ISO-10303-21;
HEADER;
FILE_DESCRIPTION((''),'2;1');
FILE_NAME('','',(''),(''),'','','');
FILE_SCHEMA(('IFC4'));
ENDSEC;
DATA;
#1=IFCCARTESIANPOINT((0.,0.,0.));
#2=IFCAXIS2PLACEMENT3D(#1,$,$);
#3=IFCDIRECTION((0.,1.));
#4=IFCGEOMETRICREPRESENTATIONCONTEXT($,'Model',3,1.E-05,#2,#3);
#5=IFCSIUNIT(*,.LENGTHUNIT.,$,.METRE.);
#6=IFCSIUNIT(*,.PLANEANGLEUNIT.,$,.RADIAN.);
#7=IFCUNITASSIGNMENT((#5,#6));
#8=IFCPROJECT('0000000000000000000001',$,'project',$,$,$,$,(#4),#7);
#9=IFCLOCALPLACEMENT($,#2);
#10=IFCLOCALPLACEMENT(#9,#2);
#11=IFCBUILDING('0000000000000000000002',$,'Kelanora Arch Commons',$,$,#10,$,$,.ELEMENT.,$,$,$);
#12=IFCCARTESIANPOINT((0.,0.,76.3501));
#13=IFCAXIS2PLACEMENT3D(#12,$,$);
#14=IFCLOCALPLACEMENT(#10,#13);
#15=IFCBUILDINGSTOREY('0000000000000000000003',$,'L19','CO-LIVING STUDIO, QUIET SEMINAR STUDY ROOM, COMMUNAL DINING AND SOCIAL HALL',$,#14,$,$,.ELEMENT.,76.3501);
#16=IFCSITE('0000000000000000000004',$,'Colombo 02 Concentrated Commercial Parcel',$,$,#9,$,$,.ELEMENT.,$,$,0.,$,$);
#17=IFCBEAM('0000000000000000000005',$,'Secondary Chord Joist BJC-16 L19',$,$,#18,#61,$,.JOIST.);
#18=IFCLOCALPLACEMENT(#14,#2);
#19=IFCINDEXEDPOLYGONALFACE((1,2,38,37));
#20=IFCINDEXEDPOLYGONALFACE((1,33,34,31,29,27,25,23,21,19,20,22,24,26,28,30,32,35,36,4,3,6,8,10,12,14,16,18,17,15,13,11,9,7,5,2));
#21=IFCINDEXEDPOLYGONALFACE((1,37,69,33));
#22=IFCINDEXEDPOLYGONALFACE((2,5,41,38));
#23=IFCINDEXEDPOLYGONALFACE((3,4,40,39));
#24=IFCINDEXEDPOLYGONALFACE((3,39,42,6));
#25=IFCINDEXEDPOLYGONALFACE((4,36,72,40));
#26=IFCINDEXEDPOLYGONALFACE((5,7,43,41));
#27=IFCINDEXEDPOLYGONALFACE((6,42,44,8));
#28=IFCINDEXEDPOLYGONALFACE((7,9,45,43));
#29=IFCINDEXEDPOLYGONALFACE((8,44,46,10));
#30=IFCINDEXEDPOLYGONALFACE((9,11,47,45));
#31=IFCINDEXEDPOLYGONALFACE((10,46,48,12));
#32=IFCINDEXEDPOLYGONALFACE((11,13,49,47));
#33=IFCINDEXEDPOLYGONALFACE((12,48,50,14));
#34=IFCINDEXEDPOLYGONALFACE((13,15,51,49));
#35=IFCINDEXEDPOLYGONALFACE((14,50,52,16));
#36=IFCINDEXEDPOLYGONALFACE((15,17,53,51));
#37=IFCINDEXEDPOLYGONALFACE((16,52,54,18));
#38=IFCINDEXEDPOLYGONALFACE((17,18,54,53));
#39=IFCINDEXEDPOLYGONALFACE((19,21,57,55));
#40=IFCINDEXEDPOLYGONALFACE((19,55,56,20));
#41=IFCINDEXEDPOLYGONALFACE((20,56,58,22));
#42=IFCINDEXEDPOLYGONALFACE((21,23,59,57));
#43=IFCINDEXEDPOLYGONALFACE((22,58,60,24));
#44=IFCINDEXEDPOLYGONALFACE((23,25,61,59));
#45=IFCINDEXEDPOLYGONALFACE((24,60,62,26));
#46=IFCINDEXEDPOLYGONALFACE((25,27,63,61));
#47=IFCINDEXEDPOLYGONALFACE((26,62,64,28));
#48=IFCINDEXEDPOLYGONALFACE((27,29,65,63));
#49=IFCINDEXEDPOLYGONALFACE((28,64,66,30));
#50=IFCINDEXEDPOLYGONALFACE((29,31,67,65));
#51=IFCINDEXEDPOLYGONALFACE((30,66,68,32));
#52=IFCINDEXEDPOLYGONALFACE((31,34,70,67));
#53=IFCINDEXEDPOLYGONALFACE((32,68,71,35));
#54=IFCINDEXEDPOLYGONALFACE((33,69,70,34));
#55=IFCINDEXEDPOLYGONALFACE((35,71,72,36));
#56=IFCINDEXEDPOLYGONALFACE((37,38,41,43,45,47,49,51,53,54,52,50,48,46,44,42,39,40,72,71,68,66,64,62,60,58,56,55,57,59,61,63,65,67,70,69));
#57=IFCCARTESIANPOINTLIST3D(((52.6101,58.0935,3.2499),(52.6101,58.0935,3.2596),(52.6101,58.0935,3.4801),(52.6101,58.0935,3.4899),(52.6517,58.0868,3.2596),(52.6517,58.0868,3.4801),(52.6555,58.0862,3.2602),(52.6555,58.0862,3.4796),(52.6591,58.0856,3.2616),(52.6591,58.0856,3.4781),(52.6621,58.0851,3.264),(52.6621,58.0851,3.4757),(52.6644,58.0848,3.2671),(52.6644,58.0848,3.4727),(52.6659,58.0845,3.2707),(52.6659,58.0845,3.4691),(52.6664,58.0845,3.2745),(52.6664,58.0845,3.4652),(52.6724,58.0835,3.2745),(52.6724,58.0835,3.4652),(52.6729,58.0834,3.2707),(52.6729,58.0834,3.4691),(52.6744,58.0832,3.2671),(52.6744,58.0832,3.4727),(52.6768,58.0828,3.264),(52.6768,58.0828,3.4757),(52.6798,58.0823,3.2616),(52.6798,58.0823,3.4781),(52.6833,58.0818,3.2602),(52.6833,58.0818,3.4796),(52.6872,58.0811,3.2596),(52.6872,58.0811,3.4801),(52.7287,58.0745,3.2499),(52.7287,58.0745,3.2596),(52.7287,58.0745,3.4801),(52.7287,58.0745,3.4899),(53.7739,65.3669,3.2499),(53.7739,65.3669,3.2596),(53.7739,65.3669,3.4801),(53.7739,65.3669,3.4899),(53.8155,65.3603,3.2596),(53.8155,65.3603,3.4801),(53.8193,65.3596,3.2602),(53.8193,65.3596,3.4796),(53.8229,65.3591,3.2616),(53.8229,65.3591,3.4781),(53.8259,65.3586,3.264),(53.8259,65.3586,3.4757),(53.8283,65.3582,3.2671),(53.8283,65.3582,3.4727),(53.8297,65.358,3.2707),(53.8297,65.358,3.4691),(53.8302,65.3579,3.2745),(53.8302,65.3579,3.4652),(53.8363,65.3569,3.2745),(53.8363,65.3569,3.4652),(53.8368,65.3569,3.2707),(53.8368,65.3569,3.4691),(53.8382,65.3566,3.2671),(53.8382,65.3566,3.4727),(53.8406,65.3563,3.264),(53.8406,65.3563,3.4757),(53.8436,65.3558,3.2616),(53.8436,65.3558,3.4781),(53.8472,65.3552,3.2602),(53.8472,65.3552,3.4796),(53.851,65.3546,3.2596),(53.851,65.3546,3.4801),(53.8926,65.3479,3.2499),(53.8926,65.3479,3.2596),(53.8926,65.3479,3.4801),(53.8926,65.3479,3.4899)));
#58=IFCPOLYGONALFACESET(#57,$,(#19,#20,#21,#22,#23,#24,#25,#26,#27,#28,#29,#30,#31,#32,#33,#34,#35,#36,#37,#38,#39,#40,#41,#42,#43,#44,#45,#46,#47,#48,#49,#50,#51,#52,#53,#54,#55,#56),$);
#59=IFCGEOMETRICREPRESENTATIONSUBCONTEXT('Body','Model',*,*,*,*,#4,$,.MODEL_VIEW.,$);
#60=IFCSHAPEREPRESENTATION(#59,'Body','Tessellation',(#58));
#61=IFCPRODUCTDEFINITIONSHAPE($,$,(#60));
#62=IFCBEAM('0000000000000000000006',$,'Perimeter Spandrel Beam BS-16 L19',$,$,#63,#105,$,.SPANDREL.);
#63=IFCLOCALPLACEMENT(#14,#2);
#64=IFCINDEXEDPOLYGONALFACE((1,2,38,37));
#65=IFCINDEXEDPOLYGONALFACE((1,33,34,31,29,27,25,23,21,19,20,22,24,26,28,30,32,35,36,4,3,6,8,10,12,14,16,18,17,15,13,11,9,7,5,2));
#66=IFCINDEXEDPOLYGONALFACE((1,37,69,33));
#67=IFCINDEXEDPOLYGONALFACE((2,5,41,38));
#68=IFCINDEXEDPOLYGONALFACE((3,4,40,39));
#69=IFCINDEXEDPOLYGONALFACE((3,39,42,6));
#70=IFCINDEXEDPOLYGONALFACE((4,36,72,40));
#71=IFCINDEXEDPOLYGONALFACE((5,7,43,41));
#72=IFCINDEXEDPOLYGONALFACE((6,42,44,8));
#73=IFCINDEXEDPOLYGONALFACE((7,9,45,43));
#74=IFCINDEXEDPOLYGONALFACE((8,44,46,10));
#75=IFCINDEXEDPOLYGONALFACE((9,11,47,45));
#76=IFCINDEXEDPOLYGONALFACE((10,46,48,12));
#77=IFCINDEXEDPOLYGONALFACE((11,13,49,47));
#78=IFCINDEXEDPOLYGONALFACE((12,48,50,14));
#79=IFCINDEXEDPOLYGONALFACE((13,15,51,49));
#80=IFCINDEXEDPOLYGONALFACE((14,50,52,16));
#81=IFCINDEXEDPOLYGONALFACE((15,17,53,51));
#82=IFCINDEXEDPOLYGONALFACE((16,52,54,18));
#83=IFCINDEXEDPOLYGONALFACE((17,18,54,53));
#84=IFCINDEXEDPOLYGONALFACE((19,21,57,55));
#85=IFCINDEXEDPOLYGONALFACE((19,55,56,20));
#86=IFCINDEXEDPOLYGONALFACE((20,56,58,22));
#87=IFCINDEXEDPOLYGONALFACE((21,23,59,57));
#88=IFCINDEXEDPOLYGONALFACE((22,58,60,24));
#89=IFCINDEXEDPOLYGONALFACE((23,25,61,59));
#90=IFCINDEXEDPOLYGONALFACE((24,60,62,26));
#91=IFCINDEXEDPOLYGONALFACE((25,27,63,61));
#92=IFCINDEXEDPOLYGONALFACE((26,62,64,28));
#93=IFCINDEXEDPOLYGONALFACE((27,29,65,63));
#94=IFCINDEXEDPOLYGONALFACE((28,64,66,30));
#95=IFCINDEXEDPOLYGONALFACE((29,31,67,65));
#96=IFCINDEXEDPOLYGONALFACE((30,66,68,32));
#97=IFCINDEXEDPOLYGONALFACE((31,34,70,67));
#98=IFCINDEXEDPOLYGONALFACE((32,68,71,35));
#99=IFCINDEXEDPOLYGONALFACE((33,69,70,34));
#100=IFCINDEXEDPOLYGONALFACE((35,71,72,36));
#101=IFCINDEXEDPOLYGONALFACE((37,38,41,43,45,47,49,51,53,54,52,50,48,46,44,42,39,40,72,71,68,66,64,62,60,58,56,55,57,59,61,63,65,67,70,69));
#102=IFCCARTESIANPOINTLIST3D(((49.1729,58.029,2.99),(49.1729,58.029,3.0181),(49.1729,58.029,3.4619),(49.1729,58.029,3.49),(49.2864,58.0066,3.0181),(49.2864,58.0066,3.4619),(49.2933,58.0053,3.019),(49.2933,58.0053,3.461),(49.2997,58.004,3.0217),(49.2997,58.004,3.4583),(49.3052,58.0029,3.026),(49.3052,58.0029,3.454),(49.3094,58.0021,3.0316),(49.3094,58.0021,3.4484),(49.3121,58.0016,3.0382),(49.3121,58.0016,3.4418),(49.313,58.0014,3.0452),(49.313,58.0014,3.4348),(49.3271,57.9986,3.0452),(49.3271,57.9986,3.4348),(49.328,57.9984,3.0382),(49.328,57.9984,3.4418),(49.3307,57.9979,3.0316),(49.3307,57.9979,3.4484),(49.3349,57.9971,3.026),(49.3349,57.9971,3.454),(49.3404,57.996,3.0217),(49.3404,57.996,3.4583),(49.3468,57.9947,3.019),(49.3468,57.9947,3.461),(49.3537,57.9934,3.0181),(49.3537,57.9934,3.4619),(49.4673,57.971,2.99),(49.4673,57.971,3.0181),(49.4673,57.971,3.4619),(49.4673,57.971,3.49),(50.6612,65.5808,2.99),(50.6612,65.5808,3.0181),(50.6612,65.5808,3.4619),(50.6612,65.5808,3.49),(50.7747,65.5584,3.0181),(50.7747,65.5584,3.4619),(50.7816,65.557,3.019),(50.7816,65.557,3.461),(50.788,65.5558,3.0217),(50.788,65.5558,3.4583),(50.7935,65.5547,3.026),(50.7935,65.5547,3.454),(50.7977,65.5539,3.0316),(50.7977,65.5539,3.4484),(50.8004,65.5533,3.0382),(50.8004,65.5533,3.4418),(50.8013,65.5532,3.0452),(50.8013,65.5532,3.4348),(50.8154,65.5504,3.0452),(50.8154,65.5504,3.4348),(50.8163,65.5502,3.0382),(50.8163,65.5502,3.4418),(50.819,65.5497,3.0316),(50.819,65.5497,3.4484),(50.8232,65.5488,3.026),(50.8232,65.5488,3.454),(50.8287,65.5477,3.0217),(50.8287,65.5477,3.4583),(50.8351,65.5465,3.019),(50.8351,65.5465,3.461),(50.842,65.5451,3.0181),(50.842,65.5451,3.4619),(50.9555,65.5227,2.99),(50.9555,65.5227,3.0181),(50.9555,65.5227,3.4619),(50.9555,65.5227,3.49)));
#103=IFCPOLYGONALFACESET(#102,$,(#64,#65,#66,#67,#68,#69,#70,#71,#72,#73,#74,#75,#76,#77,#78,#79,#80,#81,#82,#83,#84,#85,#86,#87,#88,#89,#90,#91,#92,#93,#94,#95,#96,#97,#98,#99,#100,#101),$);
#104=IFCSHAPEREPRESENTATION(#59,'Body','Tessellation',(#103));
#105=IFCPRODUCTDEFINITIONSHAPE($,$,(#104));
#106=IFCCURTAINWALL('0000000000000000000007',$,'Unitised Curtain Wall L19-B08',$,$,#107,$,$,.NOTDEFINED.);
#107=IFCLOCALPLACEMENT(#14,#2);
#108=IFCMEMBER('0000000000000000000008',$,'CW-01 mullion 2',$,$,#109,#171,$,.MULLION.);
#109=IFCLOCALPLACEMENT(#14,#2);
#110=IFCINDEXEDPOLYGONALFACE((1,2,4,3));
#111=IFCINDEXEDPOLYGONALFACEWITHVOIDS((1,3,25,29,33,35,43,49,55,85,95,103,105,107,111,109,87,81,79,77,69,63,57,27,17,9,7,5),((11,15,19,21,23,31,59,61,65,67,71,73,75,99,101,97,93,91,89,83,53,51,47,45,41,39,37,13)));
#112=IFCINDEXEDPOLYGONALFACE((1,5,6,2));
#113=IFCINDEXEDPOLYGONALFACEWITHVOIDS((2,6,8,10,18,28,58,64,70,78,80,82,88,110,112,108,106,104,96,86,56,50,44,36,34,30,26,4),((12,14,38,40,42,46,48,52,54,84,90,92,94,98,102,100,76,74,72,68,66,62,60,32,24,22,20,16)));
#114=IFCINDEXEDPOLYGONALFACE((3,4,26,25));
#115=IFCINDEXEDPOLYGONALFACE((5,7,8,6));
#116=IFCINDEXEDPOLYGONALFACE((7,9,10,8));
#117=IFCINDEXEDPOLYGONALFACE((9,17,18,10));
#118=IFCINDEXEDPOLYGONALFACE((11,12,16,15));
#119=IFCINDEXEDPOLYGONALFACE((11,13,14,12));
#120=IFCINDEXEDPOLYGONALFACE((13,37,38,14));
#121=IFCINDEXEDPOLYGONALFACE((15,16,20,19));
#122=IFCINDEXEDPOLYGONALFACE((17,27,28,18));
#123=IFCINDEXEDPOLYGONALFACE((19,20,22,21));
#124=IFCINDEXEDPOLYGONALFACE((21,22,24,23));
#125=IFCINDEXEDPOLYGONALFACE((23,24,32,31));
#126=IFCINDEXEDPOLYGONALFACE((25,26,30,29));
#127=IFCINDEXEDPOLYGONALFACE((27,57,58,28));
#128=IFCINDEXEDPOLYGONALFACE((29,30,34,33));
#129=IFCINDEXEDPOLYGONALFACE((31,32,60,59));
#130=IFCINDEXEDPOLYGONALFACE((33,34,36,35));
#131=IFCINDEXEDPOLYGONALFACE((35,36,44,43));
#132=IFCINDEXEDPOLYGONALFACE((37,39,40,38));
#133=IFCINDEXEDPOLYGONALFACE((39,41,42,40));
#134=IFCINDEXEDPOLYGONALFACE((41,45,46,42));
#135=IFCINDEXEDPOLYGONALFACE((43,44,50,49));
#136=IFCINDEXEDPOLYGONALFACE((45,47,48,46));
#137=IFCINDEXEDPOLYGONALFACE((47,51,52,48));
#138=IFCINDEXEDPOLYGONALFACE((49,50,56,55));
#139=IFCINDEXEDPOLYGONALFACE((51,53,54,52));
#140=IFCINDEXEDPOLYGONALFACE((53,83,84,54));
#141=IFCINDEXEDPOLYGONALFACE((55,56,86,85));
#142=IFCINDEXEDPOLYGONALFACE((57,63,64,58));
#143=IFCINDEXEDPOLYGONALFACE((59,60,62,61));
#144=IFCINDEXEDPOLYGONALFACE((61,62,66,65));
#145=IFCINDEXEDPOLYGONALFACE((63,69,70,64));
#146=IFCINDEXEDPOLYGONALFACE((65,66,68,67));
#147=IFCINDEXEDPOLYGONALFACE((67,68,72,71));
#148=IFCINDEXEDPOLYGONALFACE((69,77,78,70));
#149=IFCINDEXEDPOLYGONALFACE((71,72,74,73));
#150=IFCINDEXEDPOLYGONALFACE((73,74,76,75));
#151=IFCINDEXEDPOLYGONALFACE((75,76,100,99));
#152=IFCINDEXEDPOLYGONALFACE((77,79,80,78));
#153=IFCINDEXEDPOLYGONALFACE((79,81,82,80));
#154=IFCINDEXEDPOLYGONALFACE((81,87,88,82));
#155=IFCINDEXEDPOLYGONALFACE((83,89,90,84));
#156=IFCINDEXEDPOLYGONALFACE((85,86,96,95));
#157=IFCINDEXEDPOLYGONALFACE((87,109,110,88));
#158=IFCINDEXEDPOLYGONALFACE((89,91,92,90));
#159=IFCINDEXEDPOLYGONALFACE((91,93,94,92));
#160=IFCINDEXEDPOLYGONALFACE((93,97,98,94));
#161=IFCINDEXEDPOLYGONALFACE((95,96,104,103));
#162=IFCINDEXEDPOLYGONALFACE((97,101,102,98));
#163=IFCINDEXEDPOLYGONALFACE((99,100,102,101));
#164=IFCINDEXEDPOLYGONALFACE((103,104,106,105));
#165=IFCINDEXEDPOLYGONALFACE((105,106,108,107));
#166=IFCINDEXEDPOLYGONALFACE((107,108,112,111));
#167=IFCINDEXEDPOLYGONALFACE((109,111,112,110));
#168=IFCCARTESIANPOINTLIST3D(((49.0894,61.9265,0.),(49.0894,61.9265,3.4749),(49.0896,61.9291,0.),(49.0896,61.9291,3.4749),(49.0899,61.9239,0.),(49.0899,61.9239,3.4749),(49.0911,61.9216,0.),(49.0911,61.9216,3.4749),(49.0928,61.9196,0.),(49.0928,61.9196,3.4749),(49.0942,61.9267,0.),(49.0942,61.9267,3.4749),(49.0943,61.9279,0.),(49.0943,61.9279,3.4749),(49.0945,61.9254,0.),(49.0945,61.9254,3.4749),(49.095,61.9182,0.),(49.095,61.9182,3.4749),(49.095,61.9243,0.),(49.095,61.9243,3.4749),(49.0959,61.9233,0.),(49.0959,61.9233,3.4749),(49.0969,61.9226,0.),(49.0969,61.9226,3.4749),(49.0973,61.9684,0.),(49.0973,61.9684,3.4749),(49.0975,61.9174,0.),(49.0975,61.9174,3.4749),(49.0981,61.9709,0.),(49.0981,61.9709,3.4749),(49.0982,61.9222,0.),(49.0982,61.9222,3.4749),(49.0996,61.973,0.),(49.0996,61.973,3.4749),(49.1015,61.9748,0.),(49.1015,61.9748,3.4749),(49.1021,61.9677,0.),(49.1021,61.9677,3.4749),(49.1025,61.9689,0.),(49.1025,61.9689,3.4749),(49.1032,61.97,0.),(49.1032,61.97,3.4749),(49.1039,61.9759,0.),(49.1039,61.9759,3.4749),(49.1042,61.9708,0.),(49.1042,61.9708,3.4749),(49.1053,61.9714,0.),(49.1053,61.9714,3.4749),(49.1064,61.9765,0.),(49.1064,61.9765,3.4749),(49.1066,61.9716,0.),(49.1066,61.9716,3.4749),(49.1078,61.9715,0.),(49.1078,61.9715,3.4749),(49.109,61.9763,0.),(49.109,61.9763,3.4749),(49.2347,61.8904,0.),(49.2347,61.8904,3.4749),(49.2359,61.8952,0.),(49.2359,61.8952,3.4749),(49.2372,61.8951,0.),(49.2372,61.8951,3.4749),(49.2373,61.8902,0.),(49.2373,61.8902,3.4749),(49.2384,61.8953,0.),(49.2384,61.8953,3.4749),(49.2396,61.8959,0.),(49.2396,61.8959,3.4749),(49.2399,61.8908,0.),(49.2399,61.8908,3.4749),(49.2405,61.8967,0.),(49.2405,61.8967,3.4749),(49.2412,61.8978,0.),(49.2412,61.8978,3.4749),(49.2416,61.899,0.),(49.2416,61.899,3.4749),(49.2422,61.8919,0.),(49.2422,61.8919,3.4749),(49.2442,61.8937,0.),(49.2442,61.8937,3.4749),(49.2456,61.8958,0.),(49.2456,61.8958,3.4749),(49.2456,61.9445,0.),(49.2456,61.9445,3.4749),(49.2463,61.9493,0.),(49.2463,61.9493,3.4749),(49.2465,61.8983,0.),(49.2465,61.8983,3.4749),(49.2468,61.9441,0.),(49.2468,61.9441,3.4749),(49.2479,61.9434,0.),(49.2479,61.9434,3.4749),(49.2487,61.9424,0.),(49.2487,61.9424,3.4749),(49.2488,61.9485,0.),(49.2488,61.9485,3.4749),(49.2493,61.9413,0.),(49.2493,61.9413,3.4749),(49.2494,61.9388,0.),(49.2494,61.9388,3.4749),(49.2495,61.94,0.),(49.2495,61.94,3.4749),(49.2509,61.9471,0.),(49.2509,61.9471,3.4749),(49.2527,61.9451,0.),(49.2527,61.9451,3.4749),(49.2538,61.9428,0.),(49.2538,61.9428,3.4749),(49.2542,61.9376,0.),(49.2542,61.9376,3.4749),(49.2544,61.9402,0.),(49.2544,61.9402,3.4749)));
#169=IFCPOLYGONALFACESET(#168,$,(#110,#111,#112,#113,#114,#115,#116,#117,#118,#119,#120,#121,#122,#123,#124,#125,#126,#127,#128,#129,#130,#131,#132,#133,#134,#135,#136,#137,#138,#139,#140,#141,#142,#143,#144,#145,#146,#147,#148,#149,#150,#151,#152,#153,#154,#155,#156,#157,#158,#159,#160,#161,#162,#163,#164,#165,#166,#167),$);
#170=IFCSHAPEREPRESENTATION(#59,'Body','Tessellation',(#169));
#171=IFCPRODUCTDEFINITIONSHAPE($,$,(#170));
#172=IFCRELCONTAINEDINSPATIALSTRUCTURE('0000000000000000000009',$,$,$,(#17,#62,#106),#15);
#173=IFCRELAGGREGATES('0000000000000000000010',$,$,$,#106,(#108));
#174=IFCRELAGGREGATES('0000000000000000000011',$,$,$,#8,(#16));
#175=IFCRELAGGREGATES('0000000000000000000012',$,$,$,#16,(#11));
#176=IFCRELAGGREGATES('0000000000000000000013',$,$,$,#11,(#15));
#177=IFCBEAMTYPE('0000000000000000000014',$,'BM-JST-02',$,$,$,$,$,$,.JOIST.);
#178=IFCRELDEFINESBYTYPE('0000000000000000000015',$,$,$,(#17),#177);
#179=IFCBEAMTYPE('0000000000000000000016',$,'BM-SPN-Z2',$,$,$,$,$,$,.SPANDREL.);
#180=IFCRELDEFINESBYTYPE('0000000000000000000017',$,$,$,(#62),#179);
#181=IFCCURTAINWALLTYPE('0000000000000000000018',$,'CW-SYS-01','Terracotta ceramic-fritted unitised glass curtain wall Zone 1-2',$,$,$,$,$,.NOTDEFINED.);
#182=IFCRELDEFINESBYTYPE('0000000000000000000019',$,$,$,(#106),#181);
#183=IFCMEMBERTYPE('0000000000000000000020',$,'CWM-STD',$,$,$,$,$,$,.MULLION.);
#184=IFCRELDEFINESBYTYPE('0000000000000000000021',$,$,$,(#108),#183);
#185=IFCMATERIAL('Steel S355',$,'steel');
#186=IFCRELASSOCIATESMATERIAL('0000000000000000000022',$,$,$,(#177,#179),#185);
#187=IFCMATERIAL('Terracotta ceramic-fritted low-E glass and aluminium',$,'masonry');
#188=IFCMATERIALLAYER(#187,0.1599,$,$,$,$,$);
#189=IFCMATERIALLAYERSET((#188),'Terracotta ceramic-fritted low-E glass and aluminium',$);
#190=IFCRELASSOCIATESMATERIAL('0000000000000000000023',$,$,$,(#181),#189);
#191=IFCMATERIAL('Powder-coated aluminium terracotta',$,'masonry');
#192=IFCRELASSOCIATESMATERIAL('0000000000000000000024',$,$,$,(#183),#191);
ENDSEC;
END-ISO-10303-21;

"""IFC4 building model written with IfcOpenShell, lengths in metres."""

from ifc_helpers import new_model, si_unit, direction, frame, origin, origin_2d, place, context, subcontext, project, spatial, hollow_rectangle, i_section, extrude, material, layer, layer_set, material_profile, profile_set, type_object, element, aggregate, save


model = new_model("IFC4")

# Units and contexts
model_context = context("Model", 3, precision=1e-05, world=origin(), true_north=direction((0.0, 1.0)))
body_context = subcontext(model_context, "Body", "Model", "MODEL_VIEW")
ifc_project = project(units=[si_unit("LENGTHUNIT", "METRE"), si_unit("PLANEANGLEUNIT", "RADIAN")], contexts=[model_context])

# Site, building, storey
site_placement = place(None, origin())
site = spatial("IfcSite", under=ifc_project, at=site_placement, Name="Colombo 02 Concentrated Commercial Parcel", CompositionType="ELEMENT", RefElevation=0.0)
building_placement = place(site_placement, origin())
building = spatial("IfcBuilding", under=site, at=building_placement, Name="Kelanora Arch Commons", CompositionType="ELEMENT")
storey_placement = place(building_placement, frame((0.0, 0.0, 76.3501)))
storey = spatial("IfcBuildingStorey", under=building, at=storey_placement, Name="L19", Description="CO-LIVING STUDIO, QUIET SEMINAR STUDY ROOM, COMMUNAL DINING AND SOCIAL HALL", CompositionType="ELEMENT", Elevation=76.3501)

# Beams
ifc_material_1 = material(Name="Steel S355", Category="steel")
ifc_material_profile_1 = material_profile(ifc_material_1, i_section(OverallWidth=0.1201, OverallDepth=0.24, WebThickness=0.0061, FlangeThickness=0.0098, FilletRadius=0.0149, at=origin_2d()), Name="IPE240")
ifc_profile_set_1 = profile_set([ifc_material_profile_1], Name="Steel S355")
beam_type_1 = type_object("IfcBeamType", Name="BM-JST-02", PredefinedType="JOIST", material=ifc_profile_set_1)
beam_1_placement = place(storey_placement, frame((53.8333, 65.3574, 3.3699), z_axis=(-0.158, -0.987439, 0.0), x_axis=(0.987439, -0.158, 0.0)))
element("IfcBeam", 1, at=beam_1_placement, inside=storey, type_object=beam_type_1, Name="Secondary Chord Joist BJC-16 L19", PredefinedType="JOIST", context=body_context, shape_type="SweptSolid", body=[
    extrude(i_section(OverallWidth=0.1201, OverallDepth=0.24, WebThickness=0.0061, FlangeThickness=0.0098, FilletRadius=0.0149, at=origin_2d()), origin(), (0.0, 0.0, 1.0), 7.366),
])
ifc_material_profile_2 = material_profile(ifc_material_1, i_section(OverallWidth=0.3, OverallDepth=0.5, WebThickness=0.0144, FlangeThickness=0.0281, FilletRadius=0.0271, at=origin_2d()), Name="HEB500")
ifc_profile_set_2 = profile_set([ifc_material_profile_2], Name="Steel S355")
beam_type_2 = type_object("IfcBeamType", Name="BM-SPN-Z2", PredefinedType="SPANDREL", material=ifc_profile_set_2)
beam_2_placement = place(storey_placement, frame((50.8083, 65.5518, 3.24), z_axis=(-0.193358, -0.981128, 0.0), x_axis=(0.981128, -0.193358, 0.0)))
element("IfcBeam", 2, at=beam_2_placement, inside=storey, type_object=beam_type_2, Name="Perimeter Spandrel Beam BS-16 L19", PredefinedType="SPANDREL", context=body_context, shape_type="SweptSolid", body=[
    extrude(i_section(OverallWidth=0.3, OverallDepth=0.5, WebThickness=0.0144, FlangeThickness=0.0281, FilletRadius=0.0271, at=origin_2d()), origin(), (0.0, 0.0, 1.0), 7.697),
])

# Curtain wall, member
ifc_material_2 = material(Name="Terracotta ceramic-fritted low-E glass and aluminium", Category="masonry")
ifc_layer_1 = layer(ifc_material_2, 0.1599)
ifc_layer_set_1 = layer_set([ifc_layer_1], Name="Terracotta ceramic-fritted low-E glass and aluminium")
curtain_wall_type = type_object("IfcCurtainWallType", Name="CW-SYS-01", Description="Terracotta ceramic-fritted unitised glass curtain wall Zone 1-2", PredefinedType="NOTDEFINED", material=ifc_layer_set_1)
curtain_wall_placement = place(storey_placement, origin())
curtain_wall = element("IfcCurtainWall", 3, at=curtain_wall_placement, inside=storey, type_object=curtain_wall_type, Name="Unitised Curtain Wall L19-B08", PredefinedType="NOTDEFINED")
ifc_material_3 = material(Name="Powder-coated aluminium terracotta", Category="masonry")
ifc_material_profile_3 = material_profile(ifc_material_3, hollow_rectangle(XDim=0.1599, YDim=0.0601, WallThickness=0.0049, InnerFilletRadius=0.0049, OuterFilletRadius=0.01, at=origin_2d()), Name="CWM160x60")
ifc_profile_set_3 = profile_set([ifc_material_profile_3], Name="Powder-coated aluminium terracotta")
member_type_1 = type_object("IfcMemberType", Name="CWM-STD", PredefinedType="MULLION", material=ifc_profile_set_3)
member_1_placement = place(storey_placement, frame((49.1719, 61.9333, 0.0), z_axis=(0.0, 0.0, 1.0), x_axis=(0.98128, -0.192585, 0.0)))
member_1 = element("IfcMember", 4, at=member_1_placement, type_object=member_type_1, Name="CW-01 mullion 2", PredefinedType="MULLION", context=body_context, shape_type="SweptSolid", body=[
    extrude(hollow_rectangle(XDim=0.1599, YDim=0.0601, WallThickness=0.0049, InnerFilletRadius=0.0049, OuterFilletRadius=0.01, at=origin_2d()), origin(), (0.0, 0.0, 1.0), 3.4749),
])
aggregate(curtain_wall, [member_1])

save(model, "model.ifc")
